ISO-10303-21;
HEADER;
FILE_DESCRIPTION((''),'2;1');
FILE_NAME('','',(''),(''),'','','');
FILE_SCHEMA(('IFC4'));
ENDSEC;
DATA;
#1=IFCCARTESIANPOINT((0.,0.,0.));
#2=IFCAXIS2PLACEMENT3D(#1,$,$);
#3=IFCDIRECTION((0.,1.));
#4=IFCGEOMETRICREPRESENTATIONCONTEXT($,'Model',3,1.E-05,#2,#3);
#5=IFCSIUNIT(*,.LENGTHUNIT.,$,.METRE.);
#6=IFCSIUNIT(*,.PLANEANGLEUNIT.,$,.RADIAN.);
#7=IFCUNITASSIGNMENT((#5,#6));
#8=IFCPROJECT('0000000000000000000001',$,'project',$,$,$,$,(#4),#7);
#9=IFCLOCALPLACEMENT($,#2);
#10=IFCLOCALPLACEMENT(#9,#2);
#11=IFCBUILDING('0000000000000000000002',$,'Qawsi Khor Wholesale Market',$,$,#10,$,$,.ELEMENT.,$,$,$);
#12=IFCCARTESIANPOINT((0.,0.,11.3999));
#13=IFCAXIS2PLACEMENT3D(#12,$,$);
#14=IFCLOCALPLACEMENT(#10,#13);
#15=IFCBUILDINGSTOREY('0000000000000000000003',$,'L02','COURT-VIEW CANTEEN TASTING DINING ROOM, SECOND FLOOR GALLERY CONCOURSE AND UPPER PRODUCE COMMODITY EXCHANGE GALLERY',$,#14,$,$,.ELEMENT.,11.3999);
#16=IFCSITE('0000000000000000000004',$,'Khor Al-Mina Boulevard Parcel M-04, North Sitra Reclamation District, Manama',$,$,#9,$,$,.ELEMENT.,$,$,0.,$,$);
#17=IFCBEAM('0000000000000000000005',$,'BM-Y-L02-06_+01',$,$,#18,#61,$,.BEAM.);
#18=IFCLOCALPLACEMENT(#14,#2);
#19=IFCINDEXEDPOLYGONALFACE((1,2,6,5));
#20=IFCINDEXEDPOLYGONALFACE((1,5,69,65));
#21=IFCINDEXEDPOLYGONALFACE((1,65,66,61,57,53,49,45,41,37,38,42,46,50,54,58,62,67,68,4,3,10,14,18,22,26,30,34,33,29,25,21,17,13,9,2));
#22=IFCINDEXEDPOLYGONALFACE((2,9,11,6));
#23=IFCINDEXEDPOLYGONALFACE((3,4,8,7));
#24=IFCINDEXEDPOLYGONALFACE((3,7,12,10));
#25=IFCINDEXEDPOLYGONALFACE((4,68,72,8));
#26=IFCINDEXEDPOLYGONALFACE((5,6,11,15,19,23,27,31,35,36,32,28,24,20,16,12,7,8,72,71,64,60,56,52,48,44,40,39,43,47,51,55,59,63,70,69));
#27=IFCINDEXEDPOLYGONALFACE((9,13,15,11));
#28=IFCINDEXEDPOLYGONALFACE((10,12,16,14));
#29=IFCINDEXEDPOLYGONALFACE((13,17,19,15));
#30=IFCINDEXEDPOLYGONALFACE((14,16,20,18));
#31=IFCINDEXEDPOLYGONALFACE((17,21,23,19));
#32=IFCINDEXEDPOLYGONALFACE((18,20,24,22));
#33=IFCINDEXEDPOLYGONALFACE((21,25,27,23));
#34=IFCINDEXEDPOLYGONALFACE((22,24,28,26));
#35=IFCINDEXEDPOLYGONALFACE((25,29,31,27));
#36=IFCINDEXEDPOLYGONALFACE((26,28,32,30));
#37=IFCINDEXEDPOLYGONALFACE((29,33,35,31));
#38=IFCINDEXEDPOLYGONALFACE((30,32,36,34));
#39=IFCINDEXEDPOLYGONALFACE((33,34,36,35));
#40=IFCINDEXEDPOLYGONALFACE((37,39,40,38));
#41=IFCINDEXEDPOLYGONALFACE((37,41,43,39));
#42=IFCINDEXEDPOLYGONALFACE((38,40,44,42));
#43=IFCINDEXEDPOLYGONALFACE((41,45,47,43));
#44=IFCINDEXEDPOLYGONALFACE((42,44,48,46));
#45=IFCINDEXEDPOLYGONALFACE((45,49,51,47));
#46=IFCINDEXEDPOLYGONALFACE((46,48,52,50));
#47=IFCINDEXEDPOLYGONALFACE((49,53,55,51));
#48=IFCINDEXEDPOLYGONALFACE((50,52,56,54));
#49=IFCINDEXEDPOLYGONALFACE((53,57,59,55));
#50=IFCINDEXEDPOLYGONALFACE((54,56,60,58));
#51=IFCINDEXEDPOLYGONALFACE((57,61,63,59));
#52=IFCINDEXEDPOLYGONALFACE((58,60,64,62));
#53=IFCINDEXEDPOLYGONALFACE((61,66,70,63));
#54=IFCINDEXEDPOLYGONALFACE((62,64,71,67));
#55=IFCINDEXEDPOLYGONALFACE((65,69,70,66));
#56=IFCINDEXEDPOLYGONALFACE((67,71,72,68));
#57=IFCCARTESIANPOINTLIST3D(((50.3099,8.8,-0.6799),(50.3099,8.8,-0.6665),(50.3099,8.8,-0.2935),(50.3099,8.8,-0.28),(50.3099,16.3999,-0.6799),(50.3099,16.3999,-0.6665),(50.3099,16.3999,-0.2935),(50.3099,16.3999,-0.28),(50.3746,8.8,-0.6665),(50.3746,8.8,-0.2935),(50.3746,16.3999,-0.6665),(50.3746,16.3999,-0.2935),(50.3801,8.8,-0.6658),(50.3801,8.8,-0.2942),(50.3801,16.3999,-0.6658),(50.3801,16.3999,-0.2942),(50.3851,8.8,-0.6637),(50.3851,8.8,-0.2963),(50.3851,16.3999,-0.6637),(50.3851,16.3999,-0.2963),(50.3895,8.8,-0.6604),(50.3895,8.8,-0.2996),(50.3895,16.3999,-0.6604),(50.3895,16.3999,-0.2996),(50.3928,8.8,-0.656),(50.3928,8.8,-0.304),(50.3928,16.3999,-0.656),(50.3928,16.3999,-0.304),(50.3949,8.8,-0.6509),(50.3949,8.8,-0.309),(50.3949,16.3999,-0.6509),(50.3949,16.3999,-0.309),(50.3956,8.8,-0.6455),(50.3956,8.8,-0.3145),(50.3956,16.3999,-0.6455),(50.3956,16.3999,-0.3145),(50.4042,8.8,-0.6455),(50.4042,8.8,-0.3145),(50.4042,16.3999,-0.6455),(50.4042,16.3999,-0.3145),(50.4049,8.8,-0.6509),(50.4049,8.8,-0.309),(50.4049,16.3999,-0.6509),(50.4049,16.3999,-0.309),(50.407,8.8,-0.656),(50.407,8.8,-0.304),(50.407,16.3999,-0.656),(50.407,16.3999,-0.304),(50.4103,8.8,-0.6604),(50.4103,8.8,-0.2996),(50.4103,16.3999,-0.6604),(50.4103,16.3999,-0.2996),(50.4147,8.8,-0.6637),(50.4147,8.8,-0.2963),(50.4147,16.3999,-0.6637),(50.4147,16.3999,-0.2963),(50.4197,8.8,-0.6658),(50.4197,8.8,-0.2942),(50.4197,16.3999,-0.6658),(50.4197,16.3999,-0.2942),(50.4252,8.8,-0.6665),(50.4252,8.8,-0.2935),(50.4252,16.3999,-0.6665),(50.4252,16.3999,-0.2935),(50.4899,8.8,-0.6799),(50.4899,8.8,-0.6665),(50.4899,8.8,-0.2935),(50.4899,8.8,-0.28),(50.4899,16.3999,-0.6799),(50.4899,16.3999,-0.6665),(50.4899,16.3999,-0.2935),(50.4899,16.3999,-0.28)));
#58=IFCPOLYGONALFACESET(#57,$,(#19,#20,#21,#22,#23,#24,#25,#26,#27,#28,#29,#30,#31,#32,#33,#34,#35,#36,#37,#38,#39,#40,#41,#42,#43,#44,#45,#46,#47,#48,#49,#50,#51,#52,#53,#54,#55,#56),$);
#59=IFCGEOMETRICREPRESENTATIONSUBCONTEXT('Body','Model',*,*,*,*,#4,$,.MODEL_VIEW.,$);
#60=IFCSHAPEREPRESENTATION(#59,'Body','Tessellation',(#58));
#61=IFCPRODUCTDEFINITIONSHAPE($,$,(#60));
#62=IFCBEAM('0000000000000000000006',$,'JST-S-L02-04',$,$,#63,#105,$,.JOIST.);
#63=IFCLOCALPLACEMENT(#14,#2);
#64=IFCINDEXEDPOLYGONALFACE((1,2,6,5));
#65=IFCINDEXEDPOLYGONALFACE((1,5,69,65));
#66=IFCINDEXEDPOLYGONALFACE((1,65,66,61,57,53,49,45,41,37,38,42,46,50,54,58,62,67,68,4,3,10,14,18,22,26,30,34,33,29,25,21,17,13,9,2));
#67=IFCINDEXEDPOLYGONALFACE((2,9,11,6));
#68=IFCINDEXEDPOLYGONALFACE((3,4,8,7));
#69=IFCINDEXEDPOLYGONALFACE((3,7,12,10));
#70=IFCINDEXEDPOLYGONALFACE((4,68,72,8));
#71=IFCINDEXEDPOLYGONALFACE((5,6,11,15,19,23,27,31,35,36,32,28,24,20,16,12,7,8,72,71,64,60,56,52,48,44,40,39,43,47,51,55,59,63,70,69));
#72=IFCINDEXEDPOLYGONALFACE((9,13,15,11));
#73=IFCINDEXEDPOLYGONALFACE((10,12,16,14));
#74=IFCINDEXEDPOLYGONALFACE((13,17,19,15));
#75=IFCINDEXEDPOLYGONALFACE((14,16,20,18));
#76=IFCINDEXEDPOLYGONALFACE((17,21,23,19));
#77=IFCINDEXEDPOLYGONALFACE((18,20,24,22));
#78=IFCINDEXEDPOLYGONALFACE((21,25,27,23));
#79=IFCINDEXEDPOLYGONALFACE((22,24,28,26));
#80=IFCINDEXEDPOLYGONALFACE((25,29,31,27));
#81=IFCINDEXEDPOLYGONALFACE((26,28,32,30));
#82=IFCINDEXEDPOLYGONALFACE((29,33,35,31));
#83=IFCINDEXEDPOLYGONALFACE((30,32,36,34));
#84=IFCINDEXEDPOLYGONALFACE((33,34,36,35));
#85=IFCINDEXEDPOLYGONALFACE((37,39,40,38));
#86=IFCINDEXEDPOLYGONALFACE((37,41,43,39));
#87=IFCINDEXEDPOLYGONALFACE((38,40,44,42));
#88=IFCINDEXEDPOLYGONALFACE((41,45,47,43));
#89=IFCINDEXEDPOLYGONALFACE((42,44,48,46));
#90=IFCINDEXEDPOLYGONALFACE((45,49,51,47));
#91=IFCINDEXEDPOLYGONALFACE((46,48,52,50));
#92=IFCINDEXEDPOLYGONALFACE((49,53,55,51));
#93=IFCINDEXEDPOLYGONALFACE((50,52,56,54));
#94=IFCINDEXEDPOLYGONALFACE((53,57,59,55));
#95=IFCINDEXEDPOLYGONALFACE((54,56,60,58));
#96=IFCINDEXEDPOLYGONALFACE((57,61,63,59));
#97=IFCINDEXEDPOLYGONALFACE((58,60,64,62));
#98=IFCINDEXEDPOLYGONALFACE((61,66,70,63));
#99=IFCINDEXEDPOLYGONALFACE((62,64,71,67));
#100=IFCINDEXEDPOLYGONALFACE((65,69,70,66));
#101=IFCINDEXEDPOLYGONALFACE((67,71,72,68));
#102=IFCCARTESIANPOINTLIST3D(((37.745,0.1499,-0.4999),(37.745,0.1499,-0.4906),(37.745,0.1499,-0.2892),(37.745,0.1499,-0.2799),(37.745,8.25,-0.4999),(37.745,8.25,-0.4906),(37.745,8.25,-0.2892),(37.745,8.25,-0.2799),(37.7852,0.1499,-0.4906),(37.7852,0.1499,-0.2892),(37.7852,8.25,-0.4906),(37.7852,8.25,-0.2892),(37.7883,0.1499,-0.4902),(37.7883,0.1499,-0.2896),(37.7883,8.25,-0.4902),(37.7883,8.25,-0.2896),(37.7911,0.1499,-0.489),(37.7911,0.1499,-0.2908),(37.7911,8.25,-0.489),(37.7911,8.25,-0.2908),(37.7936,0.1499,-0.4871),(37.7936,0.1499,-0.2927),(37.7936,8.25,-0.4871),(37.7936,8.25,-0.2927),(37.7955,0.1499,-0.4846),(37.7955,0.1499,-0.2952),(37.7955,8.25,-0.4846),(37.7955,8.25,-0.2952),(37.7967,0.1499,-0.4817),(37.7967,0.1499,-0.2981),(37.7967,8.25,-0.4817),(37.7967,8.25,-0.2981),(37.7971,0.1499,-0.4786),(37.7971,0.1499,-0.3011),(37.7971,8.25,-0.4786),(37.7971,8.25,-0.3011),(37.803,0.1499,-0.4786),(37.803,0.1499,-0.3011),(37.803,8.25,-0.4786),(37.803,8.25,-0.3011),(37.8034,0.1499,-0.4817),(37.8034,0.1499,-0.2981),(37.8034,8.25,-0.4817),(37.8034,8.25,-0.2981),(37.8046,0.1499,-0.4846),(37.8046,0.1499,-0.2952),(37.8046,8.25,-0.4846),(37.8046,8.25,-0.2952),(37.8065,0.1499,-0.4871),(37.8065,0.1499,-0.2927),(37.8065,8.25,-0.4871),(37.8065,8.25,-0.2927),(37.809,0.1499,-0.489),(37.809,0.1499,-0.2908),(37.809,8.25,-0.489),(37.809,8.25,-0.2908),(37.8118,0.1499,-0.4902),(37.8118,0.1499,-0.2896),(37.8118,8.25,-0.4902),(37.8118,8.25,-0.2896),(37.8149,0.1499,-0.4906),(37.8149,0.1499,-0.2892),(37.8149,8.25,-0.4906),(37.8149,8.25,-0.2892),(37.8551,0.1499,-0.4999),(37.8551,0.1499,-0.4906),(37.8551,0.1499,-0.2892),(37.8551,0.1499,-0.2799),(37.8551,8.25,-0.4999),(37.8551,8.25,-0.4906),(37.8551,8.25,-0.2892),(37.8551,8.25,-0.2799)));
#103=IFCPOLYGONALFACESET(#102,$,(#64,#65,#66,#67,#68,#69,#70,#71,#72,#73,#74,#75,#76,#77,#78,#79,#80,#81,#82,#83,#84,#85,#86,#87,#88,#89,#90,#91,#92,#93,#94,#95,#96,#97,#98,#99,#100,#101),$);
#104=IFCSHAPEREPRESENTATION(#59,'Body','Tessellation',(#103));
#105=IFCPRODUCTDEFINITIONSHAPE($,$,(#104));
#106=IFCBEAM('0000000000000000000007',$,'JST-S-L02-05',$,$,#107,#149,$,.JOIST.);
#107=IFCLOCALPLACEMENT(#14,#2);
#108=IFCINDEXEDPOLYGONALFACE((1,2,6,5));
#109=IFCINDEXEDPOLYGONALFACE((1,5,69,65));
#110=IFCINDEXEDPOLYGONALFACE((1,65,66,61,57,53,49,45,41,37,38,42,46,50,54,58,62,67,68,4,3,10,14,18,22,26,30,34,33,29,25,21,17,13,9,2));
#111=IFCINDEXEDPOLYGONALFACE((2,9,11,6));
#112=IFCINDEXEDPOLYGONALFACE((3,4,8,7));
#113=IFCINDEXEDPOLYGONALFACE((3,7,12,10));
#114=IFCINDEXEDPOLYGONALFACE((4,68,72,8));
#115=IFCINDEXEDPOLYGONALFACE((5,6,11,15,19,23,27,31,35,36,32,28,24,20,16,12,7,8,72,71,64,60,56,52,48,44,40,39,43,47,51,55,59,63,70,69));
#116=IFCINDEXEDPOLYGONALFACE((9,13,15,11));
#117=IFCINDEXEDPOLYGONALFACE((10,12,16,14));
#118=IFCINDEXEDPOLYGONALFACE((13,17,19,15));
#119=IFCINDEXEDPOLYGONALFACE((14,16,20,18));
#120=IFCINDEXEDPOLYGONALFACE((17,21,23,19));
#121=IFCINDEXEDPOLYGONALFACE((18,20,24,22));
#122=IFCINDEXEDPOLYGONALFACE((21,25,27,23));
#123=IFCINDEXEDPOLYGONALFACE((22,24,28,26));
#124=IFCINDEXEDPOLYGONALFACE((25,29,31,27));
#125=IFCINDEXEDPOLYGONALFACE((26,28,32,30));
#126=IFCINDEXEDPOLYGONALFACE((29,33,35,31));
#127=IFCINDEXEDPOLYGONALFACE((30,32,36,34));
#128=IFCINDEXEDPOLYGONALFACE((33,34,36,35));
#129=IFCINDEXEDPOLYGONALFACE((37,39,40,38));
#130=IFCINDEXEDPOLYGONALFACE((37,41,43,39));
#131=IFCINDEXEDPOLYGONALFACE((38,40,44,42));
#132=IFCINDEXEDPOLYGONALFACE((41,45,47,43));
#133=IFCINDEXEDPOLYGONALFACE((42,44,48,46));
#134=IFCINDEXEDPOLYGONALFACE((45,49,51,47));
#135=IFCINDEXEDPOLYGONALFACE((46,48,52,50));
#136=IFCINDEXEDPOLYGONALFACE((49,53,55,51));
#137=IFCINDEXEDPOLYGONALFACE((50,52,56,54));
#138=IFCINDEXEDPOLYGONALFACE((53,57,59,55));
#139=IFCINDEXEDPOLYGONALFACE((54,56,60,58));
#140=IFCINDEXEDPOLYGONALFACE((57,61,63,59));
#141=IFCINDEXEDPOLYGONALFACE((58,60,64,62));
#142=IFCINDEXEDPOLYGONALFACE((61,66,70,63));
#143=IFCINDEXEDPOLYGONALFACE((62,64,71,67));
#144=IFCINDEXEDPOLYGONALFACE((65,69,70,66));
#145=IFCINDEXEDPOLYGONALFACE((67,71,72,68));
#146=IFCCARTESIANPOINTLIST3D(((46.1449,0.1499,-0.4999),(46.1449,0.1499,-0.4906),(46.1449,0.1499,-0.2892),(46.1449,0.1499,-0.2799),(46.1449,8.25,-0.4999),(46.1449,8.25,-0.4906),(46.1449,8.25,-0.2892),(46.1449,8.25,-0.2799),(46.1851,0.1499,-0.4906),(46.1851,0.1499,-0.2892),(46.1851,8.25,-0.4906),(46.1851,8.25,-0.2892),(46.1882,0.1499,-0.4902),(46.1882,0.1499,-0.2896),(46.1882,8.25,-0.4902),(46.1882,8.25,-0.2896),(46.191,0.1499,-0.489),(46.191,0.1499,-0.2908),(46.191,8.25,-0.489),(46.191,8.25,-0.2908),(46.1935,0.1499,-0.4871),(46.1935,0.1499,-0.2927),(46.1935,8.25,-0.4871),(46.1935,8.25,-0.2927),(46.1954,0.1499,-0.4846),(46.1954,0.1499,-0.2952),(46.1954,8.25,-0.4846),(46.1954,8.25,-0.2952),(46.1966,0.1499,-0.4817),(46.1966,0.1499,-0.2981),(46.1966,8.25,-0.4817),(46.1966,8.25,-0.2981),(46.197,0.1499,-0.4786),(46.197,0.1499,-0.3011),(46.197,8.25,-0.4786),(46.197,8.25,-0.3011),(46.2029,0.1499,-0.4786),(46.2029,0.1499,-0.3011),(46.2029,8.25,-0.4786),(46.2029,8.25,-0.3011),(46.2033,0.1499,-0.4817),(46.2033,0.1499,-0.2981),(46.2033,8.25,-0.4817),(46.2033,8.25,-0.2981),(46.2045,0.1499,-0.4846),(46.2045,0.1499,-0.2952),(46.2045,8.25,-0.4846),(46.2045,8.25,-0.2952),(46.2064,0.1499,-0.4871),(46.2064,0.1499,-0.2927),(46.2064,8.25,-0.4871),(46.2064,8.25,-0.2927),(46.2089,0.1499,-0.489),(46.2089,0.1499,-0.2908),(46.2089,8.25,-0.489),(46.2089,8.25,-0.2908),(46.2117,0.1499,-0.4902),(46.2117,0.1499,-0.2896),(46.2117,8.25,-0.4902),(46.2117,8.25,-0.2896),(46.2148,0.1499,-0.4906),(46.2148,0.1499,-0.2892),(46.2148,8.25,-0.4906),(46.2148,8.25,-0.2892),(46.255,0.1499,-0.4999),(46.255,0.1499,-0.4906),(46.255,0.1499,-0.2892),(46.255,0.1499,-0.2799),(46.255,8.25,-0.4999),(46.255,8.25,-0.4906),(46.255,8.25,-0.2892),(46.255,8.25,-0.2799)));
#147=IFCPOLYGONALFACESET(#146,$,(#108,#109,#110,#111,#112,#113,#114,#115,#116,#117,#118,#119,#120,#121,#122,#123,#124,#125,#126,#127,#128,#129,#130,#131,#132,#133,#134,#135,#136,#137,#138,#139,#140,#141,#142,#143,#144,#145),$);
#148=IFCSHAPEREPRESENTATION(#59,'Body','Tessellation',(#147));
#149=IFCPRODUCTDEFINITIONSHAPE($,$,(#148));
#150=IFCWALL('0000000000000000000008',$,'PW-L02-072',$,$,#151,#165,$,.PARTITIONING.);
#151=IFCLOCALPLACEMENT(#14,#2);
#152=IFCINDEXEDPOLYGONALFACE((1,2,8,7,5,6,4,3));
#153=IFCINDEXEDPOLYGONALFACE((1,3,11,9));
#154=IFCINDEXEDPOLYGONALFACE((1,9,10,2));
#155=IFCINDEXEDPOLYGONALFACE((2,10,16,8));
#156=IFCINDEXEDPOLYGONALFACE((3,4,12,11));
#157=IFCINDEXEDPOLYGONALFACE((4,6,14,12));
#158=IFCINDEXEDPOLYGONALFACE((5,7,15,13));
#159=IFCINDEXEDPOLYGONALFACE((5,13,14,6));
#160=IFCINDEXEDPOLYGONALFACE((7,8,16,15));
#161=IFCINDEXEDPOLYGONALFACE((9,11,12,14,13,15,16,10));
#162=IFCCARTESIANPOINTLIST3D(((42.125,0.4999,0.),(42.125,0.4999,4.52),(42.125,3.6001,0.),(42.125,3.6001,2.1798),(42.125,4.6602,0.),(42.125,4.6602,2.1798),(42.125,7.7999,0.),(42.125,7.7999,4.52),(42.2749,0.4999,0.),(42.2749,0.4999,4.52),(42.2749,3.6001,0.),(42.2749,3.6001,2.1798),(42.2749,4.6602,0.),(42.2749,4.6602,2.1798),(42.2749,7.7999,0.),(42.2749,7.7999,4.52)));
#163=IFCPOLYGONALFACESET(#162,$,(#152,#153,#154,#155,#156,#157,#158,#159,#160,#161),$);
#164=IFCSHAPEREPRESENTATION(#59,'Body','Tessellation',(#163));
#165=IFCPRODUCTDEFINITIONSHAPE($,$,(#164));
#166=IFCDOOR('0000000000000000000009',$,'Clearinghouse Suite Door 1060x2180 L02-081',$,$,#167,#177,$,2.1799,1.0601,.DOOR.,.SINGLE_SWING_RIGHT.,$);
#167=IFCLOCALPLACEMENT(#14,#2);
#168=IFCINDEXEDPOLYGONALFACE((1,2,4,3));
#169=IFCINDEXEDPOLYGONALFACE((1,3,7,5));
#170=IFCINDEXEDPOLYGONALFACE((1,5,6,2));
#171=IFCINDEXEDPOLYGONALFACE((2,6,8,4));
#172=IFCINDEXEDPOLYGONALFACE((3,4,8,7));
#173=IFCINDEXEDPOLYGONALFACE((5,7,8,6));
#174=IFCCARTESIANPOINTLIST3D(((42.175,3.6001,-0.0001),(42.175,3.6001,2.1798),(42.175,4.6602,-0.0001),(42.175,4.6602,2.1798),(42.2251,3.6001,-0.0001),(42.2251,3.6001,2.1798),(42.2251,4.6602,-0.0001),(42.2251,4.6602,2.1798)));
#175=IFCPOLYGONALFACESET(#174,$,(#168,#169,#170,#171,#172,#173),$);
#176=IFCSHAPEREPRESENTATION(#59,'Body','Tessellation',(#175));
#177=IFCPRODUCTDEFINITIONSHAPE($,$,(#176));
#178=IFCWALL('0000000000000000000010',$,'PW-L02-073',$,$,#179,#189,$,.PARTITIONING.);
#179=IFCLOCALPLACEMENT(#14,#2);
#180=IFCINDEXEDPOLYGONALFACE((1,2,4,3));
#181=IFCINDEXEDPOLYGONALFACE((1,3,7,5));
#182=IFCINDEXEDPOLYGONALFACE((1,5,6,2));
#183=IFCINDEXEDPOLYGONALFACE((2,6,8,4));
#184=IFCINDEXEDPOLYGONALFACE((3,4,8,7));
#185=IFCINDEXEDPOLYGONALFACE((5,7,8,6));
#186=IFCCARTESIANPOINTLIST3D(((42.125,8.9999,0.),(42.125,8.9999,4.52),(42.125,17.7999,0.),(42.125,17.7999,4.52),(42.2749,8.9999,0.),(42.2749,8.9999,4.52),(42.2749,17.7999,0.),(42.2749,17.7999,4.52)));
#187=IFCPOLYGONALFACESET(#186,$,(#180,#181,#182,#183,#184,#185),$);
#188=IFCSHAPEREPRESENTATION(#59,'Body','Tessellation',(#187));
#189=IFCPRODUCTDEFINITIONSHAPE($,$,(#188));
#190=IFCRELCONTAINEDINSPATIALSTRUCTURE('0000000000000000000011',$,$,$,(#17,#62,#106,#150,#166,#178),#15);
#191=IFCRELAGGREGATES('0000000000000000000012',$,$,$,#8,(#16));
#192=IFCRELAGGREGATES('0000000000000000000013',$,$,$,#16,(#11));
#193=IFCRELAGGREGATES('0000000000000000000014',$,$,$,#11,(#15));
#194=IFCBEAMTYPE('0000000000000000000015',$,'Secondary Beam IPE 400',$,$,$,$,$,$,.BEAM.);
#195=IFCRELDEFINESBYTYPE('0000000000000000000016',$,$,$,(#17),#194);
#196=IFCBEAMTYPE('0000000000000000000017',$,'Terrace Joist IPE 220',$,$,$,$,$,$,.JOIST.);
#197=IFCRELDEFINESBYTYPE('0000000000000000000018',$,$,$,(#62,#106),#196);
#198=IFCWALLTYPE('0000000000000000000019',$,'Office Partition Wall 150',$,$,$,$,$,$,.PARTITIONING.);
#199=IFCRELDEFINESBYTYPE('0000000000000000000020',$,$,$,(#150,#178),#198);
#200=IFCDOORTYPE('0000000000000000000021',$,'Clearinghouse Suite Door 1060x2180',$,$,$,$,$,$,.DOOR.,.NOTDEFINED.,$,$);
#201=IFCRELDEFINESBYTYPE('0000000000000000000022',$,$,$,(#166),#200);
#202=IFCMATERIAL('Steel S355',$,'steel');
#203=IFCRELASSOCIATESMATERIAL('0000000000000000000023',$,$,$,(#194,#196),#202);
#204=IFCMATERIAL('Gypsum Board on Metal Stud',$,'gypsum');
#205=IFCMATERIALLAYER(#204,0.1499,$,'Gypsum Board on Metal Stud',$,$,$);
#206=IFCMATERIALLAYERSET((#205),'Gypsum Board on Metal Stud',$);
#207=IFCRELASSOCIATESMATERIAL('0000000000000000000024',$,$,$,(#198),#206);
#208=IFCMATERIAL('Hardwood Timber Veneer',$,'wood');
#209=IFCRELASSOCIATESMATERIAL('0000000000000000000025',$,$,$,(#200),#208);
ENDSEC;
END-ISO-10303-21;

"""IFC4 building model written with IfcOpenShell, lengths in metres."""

from ifc_helpers import new_model, si_unit, direction, frame, frame_2d, origin, origin_2d, place, context, subcontext, project, spatial, rectangle, i_section, extrude, material, layer, layer_set, material_profile, profile_set, type_object, element, fill, save


model = new_model("IFC4")

# Units and contexts
model_context = context("Model", 3, precision=1e-05, world=origin(), true_north=direction((0.0, 1.0)))
body_context = subcontext(model_context, "Body", "Model", "MODEL_VIEW")
ifc_project = project(units=[si_unit("LENGTHUNIT", "METRE"), si_unit("PLANEANGLEUNIT", "RADIAN")], contexts=[model_context])

# Site, building, storey
site_placement = place(None, origin())
site = spatial("IfcSite", under=ifc_project, at=site_placement, Name="Khor Al-Mina Boulevard Parcel M-04, North Sitra Reclamation District, Manama", CompositionType="ELEMENT", RefElevation=0.0)
building_placement = place(site_placement, origin())
building = spatial("IfcBuilding", under=site, at=building_placement, Name="Qawsi Khor Wholesale Market", CompositionType="ELEMENT")
storey_placement = place(building_placement, frame((0.0, 0.0, 11.3999)))
storey = spatial("IfcBuildingStorey", under=building, at=storey_placement, Name="L02", Description="COURT-VIEW CANTEEN TASTING DINING ROOM, SECOND FLOOR GALLERY CONCOURSE AND UPPER PRODUCE COMMODITY EXCHANGE GALLERY", CompositionType="ELEMENT", Elevation=11.3999)

# Beams
ifc_material_1 = material(Name="Steel S355", Category="steel")
ifc_material_profile_1 = material_profile(ifc_material_1, i_section(OverallWidth=0.1799, OverallDepth=0.3999, WebThickness=0.0085, FlangeThickness=0.0134, FilletRadius=0.021, at=origin_2d()), Name="IPE 400")
ifc_profile_set_1 = profile_set([ifc_material_profile_1], Name="Steel S355")
beam_type_1 = type_object("IfcBeamType", Name="Secondary Beam IPE 400", PredefinedType="BEAM", material=ifc_profile_set_1)
beam_1_placement = place(storey_placement, frame((50.3999, 8.8, -0.48), z_axis=(0.0, 1.0, 0.0), x_axis=(-1.0, 0.0, 0.0)))
element("IfcBeam", 1, at=beam_1_placement, inside=storey, type_object=beam_type_1, Name="BM-Y-L02-06_+01", PredefinedType="BEAM", context=body_context, shape_type="SweptSolid", body=[
    extrude(i_section(OverallWidth=0.1799, OverallDepth=0.3999, WebThickness=0.0085, FlangeThickness=0.0134, FilletRadius=0.021, at=origin_2d()), origin(), (0.0, 0.0, 1.0), 7.5999),
])
ifc_material_profile_2 = material_profile(ifc_material_1, i_section(OverallWidth=0.1101, OverallDepth=0.22, WebThickness=0.0059, FlangeThickness=0.0093, FilletRadius=0.012, at=origin_2d()), Name="IPE 220")
ifc_profile_set_2 = profile_set([ifc_material_profile_2], Name="Steel S355")
beam_type_2 = type_object("IfcBeamType", Name="Terrace Joist IPE 220", PredefinedType="JOIST", material=ifc_profile_set_2)
for number, where, z_axis, x_axis, name in (
    (2, (37.8, 0.1499, -0.3899), (0.0, 1.0, 0.0), (-1.0, 0.0, 0.0), "JST-S-L02-04"),
    (3, (46.2, 0.1499, -0.3899), (0.0, 1.0, 0.0), (-1.0, 0.0, 0.0), "JST-S-L02-05"),
):
    element("IfcBeam", number, at=place(storey_placement, frame(where, z_axis=z_axis, x_axis=x_axis)), inside=storey, type_object=beam_type_2, Name=name, PredefinedType="JOIST", context=body_context, shape_type="SweptSolid", body=[
        extrude(i_section(OverallWidth=0.1101, OverallDepth=0.22, WebThickness=0.0059, FlangeThickness=0.0093, FilletRadius=0.012, at=origin_2d()), origin(), (0.0, 0.0, 1.0), 8.1001),
    ])

# Wall, opening, door
ifc_material_2 = material(Name="Gypsum Board on Metal Stud", Category="gypsum")
ifc_layer = layer(ifc_material_2, 0.1499, Name="Gypsum Board on Metal Stud")
ifc_layer_set = layer_set([ifc_layer], Name="Gypsum Board on Metal Stud")
wall_type = type_object("IfcWallType", Name="Office Partition Wall 150", PredefinedType="PARTITIONING", material=ifc_layer_set)
wall_1_placement = place(storey_placement, frame((42.2, 0.5, 0.0), z_axis=(0.0, 0.0, 1.0), x_axis=(0.0, 1.0, 0.0)))
wall_1 = element("IfcWall", 4, at=wall_1_placement, inside=storey, type_object=wall_type, Name="PW-L02-072", PredefinedType="PARTITIONING", context=body_context, shape_type="SweptSolid", body=[
    extrude(rectangle(XDim=7.3, YDim=0.1499, at=frame_2d((3.6499, 0.0))), origin(), (0.0, 0.0, 1.0), 4.52),
])
opening_placement = place(wall_1_placement, frame((3.1001, 0.0, 0.0)))
opening = element("IfcOpeningElement", 5, at=opening_placement, cuts=wall_1, PredefinedType="OPENING", context=body_context, shape_type="SweptSolid", body=[
    extrude(rectangle(XDim=1.0601, YDim=2.1799, at=frame_2d((0.53, 1.0898))), frame((0.0, 0.085, 0.0), z_axis=(0.0, -1.0, 0.0), x_axis=(1.0, 0.0, 0.0)), (0.0, 0.0, 1.0), 0.1699),
])
ifc_material_3 = material(Name="Hardwood Timber Veneer", Category="wood")
door_type = type_object("IfcDoorType", Name="Clearinghouse Suite Door 1060x2180", OperationType="NOTDEFINED", PredefinedType="DOOR", material=ifc_material_3)
door_placement = place(opening_placement, origin())
door = element("IfcDoor", 6, at=door_placement, inside=storey, type_object=door_type, Name="Clearinghouse Suite Door 1060x2180 L02-081", OperationType="SINGLE_SWING_RIGHT", OverallHeight=2.1799, OverallWidth=1.0601, PredefinedType="DOOR", context=body_context, shape_type="SweptSolid", body=[
    extrude(rectangle(XDim=1.0601, YDim=2.1799, at=frame_2d((0.53, 1.0898))), frame((0.0, 0.0249, 0.0), z_axis=(0.0, -1.0, 0.0), x_axis=(1.0, 0.0, 0.0)), (0.0, 0.0, 1.0), 0.05),
])
fill(opening, door)

# Wall
wall_2_placement = place(storey_placement, frame((42.2, 9.0, 0.0), z_axis=(0.0, 0.0, 1.0), x_axis=(0.0, 1.0, 0.0)))
element("IfcWall", 7, at=wall_2_placement, inside=storey, type_object=wall_type, Name="PW-L02-073", PredefinedType="PARTITIONING", context=body_context, shape_type="SweptSolid", body=[
    extrude(rectangle(XDim=8.8, YDim=0.1499, at=frame_2d((4.3999, 0.0))), origin(), (0.0, 0.0, 1.0), 4.52),
])

save(model, "model.ifc")
